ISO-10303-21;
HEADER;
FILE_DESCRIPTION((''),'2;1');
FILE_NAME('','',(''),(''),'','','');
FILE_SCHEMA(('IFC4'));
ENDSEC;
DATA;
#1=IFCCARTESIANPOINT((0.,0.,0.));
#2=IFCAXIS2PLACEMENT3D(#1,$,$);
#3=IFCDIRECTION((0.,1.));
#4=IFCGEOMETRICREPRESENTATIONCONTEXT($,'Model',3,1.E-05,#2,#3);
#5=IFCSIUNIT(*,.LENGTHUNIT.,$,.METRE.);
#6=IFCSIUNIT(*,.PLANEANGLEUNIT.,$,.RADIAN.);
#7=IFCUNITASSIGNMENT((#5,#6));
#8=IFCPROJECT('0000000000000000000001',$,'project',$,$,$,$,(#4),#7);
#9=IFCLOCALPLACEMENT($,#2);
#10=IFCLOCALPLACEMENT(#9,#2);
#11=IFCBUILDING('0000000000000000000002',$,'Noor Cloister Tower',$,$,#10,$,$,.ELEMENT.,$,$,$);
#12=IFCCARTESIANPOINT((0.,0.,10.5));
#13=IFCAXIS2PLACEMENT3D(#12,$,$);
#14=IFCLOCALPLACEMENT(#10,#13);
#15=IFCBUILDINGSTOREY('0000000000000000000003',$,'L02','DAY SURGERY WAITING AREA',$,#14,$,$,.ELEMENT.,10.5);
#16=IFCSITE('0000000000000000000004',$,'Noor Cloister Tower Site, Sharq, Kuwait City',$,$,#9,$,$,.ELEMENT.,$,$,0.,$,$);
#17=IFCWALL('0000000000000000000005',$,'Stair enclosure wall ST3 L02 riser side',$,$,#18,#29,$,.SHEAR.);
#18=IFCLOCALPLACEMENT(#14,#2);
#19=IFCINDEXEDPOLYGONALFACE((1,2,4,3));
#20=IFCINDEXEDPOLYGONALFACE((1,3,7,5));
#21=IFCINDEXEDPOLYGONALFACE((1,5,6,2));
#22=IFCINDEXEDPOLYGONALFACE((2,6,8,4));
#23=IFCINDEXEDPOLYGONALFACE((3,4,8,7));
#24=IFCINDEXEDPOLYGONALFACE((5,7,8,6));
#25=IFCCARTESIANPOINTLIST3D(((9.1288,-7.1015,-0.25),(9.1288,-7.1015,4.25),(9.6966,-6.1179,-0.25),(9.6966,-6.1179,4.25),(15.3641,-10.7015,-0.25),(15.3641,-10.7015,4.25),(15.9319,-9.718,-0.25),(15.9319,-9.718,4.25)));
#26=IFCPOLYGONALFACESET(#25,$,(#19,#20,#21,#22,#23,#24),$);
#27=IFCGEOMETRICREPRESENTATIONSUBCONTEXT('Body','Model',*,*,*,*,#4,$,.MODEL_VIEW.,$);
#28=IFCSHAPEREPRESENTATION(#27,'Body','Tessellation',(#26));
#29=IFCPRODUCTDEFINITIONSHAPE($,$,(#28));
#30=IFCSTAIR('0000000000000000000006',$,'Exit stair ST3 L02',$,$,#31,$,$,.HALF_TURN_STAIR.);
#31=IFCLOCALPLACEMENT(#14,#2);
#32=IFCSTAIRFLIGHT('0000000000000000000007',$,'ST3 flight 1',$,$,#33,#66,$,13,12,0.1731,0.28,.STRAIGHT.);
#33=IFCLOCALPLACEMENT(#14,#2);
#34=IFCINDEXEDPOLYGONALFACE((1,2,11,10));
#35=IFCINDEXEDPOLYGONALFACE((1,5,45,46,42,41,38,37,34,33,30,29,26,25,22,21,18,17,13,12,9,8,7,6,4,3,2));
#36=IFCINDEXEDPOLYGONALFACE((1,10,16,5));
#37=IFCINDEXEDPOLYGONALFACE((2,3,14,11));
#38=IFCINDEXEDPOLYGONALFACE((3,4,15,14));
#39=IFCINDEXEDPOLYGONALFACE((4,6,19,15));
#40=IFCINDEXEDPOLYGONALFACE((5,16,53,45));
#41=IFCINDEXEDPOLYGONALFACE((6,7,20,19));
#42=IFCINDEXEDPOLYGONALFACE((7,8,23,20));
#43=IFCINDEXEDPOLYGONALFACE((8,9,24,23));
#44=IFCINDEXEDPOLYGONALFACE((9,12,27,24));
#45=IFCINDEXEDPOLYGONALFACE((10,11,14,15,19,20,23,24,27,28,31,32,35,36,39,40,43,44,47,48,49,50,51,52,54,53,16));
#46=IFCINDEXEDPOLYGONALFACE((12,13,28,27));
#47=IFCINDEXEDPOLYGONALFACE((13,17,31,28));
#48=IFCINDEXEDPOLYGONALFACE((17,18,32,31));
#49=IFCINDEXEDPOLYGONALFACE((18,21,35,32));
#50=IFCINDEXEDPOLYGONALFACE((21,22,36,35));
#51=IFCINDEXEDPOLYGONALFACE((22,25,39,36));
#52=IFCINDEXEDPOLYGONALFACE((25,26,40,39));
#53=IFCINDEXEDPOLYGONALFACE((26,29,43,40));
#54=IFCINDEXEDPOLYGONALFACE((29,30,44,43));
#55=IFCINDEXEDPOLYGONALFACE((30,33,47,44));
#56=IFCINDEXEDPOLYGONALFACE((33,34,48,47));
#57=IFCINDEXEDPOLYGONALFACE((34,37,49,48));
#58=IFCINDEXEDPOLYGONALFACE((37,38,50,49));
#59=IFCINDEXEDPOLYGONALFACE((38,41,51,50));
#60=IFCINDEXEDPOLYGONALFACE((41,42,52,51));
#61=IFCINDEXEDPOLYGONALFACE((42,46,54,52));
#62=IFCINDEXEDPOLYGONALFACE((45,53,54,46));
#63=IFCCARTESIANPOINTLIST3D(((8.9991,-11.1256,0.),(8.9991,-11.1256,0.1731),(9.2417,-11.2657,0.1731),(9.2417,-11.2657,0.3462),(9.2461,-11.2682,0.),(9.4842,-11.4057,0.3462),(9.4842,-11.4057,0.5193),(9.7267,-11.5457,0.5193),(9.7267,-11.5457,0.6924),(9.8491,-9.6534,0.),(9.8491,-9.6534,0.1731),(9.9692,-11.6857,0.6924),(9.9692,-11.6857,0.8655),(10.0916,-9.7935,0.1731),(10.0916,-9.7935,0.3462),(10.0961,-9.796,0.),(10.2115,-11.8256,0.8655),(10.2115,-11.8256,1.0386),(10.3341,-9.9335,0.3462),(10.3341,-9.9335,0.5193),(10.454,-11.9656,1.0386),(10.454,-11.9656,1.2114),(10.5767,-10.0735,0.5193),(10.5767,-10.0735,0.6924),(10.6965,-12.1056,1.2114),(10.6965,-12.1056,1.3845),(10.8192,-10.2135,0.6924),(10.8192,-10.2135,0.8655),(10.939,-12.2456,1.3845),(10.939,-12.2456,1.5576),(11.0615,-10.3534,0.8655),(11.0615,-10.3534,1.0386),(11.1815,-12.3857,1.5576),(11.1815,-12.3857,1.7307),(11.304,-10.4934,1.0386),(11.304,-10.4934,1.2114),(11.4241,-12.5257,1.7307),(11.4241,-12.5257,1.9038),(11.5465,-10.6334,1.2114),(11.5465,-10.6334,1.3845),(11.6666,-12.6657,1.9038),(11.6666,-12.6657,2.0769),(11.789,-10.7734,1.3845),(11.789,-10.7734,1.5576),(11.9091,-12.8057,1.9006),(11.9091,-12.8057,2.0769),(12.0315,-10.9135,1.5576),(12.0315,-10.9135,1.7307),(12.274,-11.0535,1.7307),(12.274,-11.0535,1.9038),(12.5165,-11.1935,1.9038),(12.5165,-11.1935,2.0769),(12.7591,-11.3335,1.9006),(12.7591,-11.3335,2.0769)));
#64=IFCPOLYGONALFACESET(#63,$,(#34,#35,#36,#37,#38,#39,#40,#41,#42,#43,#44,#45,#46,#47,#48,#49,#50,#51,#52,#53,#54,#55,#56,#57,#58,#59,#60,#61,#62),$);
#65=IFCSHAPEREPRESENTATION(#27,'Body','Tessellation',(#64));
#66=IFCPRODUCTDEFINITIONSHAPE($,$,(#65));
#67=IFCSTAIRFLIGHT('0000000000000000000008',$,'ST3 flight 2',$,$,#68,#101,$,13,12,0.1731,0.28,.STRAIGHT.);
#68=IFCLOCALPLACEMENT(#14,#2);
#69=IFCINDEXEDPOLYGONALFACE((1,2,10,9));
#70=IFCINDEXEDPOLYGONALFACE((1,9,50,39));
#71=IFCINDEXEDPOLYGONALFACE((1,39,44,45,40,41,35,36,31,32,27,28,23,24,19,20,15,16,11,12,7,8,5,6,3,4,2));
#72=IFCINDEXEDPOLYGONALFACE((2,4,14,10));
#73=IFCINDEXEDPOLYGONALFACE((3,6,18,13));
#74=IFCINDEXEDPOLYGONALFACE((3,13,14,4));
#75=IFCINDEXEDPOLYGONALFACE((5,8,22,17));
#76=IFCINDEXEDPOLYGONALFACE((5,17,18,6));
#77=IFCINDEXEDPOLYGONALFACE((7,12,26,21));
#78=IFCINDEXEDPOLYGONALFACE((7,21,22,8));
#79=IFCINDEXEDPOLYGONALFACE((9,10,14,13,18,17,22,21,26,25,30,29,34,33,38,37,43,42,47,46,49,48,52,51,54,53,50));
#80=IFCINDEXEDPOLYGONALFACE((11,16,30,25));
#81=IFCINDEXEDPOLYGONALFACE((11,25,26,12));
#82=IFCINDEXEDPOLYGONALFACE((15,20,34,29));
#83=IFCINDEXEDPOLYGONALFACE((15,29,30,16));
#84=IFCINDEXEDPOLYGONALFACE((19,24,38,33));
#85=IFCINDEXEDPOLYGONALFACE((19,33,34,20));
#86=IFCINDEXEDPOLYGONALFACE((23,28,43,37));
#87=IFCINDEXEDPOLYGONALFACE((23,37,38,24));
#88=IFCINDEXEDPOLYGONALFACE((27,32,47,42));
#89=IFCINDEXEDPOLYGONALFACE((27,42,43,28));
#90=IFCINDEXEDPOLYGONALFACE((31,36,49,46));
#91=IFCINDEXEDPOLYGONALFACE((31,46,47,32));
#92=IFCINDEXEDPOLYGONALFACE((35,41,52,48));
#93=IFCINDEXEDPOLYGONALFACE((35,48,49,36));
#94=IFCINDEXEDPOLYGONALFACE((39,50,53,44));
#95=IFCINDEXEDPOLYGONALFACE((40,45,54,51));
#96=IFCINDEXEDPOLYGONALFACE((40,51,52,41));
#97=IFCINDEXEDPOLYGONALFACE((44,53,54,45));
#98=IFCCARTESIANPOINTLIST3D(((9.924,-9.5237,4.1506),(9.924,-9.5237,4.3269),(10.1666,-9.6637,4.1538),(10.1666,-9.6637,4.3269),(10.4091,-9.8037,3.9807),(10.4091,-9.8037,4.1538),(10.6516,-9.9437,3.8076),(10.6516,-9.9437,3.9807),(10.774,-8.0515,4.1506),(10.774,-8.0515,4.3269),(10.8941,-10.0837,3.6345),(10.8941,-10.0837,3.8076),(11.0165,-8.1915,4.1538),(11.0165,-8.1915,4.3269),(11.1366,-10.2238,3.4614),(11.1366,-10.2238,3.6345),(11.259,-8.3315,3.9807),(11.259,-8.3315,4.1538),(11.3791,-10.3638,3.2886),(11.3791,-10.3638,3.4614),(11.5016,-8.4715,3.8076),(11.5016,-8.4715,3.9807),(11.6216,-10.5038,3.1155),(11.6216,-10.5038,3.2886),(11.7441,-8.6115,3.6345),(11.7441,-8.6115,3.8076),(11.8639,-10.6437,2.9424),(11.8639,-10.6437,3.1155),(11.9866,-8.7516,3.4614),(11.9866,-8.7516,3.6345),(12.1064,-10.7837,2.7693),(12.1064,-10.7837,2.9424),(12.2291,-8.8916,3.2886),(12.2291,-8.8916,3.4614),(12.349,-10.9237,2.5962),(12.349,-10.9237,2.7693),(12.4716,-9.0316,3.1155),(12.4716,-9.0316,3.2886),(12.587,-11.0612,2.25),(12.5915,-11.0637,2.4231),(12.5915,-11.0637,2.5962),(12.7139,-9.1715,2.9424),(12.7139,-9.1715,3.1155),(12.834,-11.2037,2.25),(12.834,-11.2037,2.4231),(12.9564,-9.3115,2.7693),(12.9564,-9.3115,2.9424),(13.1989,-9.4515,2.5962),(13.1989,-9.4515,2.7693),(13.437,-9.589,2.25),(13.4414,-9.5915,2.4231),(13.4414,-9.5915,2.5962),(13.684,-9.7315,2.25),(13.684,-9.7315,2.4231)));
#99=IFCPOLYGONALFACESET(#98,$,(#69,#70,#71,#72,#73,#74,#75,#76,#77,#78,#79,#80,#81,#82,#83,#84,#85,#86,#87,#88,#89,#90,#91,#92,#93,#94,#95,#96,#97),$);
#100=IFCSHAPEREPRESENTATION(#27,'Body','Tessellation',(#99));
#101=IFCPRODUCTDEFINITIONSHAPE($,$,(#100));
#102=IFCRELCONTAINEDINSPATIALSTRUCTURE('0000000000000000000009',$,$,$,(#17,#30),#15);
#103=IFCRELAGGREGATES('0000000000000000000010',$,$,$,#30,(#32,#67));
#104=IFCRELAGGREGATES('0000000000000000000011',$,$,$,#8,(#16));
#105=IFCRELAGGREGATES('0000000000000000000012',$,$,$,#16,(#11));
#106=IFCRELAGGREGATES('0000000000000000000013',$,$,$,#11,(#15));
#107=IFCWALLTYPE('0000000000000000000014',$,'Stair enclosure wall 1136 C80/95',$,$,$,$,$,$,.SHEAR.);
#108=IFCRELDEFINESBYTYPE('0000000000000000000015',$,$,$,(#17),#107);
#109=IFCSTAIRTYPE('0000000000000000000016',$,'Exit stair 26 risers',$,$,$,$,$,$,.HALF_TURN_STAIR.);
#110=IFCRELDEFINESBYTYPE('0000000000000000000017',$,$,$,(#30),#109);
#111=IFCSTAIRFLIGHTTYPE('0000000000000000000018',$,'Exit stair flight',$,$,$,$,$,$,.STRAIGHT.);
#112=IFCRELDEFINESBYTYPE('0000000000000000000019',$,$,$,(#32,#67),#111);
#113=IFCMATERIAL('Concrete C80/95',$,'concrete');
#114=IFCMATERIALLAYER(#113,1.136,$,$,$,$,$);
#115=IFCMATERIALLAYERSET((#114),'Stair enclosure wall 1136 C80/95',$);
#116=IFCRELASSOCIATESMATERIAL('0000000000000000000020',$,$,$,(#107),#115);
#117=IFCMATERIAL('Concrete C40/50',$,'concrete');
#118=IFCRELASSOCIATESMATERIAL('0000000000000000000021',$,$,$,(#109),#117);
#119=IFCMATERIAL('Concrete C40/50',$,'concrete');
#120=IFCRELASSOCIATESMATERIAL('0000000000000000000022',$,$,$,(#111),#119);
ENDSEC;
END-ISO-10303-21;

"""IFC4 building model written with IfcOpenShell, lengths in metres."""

from ifc_helpers import new_model, si_unit, direction, frame, frame_2d, origin, place, context, subcontext, project, spatial, polyline, rectangle, outline, extrude, material, layer, layer_set, type_object, element, aggregate, save


model = new_model("IFC4")

# Units and contexts
model_context = context("Model", 3, precision=1e-05, world=origin(), true_north=direction((0.0, 1.0)))
body_context = subcontext(model_context, "Body", "Model", "MODEL_VIEW")
ifc_project = project(units=[si_unit("LENGTHUNIT", "METRE"), si_unit("PLANEANGLEUNIT", "RADIAN")], contexts=[model_context])

# Site, building, storey
site_placement = place(None, origin())
site = spatial("IfcSite", under=ifc_project, at=site_placement, Name="Noor Cloister Tower Site, Sharq, Kuwait City", CompositionType="ELEMENT", RefElevation=0.0)
building_placement = place(site_placement, origin())
building = spatial("IfcBuilding", under=site, at=building_placement, Name="Noor Cloister Tower", CompositionType="ELEMENT")
storey_placement = place(building_placement, frame((0.0, 0.0, 10.5)))
storey = spatial("IfcBuildingStorey", under=building, at=storey_placement, Name="L02", Description="DAY SURGERY WAITING AREA", CompositionType="ELEMENT", Elevation=10.5)

# Wall
ifc_material_1 = material(Name="Concrete C80/95", Category="concrete")
ifc_layer_1 = layer(ifc_material_1, 1.136)
ifc_layer_set_1 = layer_set([ifc_layer_1], Name="Stair enclosure wall 1136 C80/95")
wall_type_1 = type_object("IfcWallType", Name="Stair enclosure wall 1136 C80/95", PredefinedType="SHEAR", material=ifc_layer_set_1)
wall_1_placement = place(storey_placement, frame((9.4126, -6.6096, -0.25), z_axis=(0.0, 0.0, 1.0), x_axis=(0.866018, -0.500012, 0.0)))
element("IfcWall", 1, at=wall_1_placement, inside=storey, type_object=wall_type_1, Name="Stair enclosure wall ST3 L02 riser side", PredefinedType="SHEAR", context=body_context, shape_type="SweptSolid", body=[
    extrude(rectangle(XDim=7.2, YDim=1.1357, at=frame_2d((3.6001, 0.0))), origin(), (0.0, 0.0, 1.0), 4.5),
])

# Stair, stair flights
ifc_material_2 = material(Name="Concrete C40/50", Category="concrete")
stair_type = type_object("IfcStairType", Name="Exit stair 26 risers", PredefinedType="HALF_TURN_STAIR", material=ifc_material_2)
stair_placement = place(storey_placement, origin())
stair = element("IfcStair", 2, at=stair_placement, inside=storey, type_object=stair_type, Name="Exit stair ST3 L02", PredefinedType="HALF_TURN_STAIR")
ifc_material_3 = material(Name="Concrete C40/50", Category="concrete")
stair_flight_type = type_object("IfcStairFlightType", Name="Exit stair flight", PredefinedType="STRAIGHT", material=ifc_material_3)
stair_flight_1_placement = place(storey_placement, frame((9.4241, -10.3896, 0.0), z_axis=(0.0, 0.0, 1.0), x_axis=(0.866025, -0.5, 0.0)))
stair_flight_1 = element("IfcStairFlight", 3, at=stair_flight_1_placement, type_object=stair_flight_type, Name="ST3 flight 1", NumberOfRisers=13, NumberOfTreads=12, PredefinedType="STRAIGHT", RiserHeight=0.1731, TreadLength=0.28, context=body_context, shape_type="SweptSolid", body=[
    extrude(outline(polyline([(0.0, 0.0), (0.0, 0.1731), (0.28, 0.1731), (0.28, 0.3462), (0.5601, 0.3462), (0.5601, 0.5193), (0.8401, 0.5193), (0.8401, 0.6924), (1.1201, 0.6924), (1.1201, 0.8655), (1.3999, 0.8655), (1.3999, 1.0386), (1.6799, 1.0386), (1.6799, 1.2114), (1.96, 1.2114), (1.96, 1.3845), (2.24, 1.3845), (2.24, 1.5576), (2.52, 1.5576), (2.52, 1.7307), (2.8, 1.7307), (2.8, 1.9038), (3.0801, 1.9038), (3.0801, 2.0769), (3.3601, 2.0769), (3.3601, 2.25), (3.3601, 1.9006), (0.2852, 0.0), (0.0, 0.0)])), frame((0.0, 0.8501, 0.0), z_axis=(0.0, -1.0, 0.0), x_axis=(1.0, 0.0, 0.0)), (0.0, 0.0, 1.0), 1.7),
])
stair_flight_2_placement = place(storey_placement, frame((13.259, -10.4675, 2.25), z_axis=(0.0, 0.0, 1.0), x_axis=(-0.866025, 0.5, 0.0)))
stair_flight_2 = element("IfcStairFlight", 4, at=stair_flight_2_placement, type_object=stair_flight_type, Name="ST3 flight 2", NumberOfRisers=13, NumberOfTreads=12, PredefinedType="STRAIGHT", RiserHeight=0.1731, TreadLength=0.28, context=body_context, shape_type="SweptSolid", body=[
    extrude(outline(polyline([(0.0, 0.0), (0.0, 0.1731), (0.28, 0.1731), (0.28, 0.3462), (0.5601, 0.3462), (0.5601, 0.5193), (0.8401, 0.5193), (0.8401, 0.6924), (1.1201, 0.6924), (1.1201, 0.8655), (1.3999, 0.8655), (1.3999, 1.0386), (1.6799, 1.0386), (1.6799, 1.2114), (1.96, 1.2114), (1.96, 1.3845), (2.24, 1.3845), (2.24, 1.5576), (2.52, 1.5576), (2.52, 1.7307), (2.8, 1.7307), (2.8, 1.9038), (3.0801, 1.9038), (3.0801, 2.0769), (3.3601, 2.0769), (3.3601, 2.25), (3.3601, 1.9006), (0.2852, 0.0), (0.0, 0.0)])), frame((0.0, 0.8501, 0.0), z_axis=(0.0, -1.0, 0.0), x_axis=(1.0, 0.0, 0.0)), (0.0, 0.0, 1.0), 1.7),
])
aggregate(stair, [stair_flight_1, stair_flight_2])

save(model, "model.ifc")
